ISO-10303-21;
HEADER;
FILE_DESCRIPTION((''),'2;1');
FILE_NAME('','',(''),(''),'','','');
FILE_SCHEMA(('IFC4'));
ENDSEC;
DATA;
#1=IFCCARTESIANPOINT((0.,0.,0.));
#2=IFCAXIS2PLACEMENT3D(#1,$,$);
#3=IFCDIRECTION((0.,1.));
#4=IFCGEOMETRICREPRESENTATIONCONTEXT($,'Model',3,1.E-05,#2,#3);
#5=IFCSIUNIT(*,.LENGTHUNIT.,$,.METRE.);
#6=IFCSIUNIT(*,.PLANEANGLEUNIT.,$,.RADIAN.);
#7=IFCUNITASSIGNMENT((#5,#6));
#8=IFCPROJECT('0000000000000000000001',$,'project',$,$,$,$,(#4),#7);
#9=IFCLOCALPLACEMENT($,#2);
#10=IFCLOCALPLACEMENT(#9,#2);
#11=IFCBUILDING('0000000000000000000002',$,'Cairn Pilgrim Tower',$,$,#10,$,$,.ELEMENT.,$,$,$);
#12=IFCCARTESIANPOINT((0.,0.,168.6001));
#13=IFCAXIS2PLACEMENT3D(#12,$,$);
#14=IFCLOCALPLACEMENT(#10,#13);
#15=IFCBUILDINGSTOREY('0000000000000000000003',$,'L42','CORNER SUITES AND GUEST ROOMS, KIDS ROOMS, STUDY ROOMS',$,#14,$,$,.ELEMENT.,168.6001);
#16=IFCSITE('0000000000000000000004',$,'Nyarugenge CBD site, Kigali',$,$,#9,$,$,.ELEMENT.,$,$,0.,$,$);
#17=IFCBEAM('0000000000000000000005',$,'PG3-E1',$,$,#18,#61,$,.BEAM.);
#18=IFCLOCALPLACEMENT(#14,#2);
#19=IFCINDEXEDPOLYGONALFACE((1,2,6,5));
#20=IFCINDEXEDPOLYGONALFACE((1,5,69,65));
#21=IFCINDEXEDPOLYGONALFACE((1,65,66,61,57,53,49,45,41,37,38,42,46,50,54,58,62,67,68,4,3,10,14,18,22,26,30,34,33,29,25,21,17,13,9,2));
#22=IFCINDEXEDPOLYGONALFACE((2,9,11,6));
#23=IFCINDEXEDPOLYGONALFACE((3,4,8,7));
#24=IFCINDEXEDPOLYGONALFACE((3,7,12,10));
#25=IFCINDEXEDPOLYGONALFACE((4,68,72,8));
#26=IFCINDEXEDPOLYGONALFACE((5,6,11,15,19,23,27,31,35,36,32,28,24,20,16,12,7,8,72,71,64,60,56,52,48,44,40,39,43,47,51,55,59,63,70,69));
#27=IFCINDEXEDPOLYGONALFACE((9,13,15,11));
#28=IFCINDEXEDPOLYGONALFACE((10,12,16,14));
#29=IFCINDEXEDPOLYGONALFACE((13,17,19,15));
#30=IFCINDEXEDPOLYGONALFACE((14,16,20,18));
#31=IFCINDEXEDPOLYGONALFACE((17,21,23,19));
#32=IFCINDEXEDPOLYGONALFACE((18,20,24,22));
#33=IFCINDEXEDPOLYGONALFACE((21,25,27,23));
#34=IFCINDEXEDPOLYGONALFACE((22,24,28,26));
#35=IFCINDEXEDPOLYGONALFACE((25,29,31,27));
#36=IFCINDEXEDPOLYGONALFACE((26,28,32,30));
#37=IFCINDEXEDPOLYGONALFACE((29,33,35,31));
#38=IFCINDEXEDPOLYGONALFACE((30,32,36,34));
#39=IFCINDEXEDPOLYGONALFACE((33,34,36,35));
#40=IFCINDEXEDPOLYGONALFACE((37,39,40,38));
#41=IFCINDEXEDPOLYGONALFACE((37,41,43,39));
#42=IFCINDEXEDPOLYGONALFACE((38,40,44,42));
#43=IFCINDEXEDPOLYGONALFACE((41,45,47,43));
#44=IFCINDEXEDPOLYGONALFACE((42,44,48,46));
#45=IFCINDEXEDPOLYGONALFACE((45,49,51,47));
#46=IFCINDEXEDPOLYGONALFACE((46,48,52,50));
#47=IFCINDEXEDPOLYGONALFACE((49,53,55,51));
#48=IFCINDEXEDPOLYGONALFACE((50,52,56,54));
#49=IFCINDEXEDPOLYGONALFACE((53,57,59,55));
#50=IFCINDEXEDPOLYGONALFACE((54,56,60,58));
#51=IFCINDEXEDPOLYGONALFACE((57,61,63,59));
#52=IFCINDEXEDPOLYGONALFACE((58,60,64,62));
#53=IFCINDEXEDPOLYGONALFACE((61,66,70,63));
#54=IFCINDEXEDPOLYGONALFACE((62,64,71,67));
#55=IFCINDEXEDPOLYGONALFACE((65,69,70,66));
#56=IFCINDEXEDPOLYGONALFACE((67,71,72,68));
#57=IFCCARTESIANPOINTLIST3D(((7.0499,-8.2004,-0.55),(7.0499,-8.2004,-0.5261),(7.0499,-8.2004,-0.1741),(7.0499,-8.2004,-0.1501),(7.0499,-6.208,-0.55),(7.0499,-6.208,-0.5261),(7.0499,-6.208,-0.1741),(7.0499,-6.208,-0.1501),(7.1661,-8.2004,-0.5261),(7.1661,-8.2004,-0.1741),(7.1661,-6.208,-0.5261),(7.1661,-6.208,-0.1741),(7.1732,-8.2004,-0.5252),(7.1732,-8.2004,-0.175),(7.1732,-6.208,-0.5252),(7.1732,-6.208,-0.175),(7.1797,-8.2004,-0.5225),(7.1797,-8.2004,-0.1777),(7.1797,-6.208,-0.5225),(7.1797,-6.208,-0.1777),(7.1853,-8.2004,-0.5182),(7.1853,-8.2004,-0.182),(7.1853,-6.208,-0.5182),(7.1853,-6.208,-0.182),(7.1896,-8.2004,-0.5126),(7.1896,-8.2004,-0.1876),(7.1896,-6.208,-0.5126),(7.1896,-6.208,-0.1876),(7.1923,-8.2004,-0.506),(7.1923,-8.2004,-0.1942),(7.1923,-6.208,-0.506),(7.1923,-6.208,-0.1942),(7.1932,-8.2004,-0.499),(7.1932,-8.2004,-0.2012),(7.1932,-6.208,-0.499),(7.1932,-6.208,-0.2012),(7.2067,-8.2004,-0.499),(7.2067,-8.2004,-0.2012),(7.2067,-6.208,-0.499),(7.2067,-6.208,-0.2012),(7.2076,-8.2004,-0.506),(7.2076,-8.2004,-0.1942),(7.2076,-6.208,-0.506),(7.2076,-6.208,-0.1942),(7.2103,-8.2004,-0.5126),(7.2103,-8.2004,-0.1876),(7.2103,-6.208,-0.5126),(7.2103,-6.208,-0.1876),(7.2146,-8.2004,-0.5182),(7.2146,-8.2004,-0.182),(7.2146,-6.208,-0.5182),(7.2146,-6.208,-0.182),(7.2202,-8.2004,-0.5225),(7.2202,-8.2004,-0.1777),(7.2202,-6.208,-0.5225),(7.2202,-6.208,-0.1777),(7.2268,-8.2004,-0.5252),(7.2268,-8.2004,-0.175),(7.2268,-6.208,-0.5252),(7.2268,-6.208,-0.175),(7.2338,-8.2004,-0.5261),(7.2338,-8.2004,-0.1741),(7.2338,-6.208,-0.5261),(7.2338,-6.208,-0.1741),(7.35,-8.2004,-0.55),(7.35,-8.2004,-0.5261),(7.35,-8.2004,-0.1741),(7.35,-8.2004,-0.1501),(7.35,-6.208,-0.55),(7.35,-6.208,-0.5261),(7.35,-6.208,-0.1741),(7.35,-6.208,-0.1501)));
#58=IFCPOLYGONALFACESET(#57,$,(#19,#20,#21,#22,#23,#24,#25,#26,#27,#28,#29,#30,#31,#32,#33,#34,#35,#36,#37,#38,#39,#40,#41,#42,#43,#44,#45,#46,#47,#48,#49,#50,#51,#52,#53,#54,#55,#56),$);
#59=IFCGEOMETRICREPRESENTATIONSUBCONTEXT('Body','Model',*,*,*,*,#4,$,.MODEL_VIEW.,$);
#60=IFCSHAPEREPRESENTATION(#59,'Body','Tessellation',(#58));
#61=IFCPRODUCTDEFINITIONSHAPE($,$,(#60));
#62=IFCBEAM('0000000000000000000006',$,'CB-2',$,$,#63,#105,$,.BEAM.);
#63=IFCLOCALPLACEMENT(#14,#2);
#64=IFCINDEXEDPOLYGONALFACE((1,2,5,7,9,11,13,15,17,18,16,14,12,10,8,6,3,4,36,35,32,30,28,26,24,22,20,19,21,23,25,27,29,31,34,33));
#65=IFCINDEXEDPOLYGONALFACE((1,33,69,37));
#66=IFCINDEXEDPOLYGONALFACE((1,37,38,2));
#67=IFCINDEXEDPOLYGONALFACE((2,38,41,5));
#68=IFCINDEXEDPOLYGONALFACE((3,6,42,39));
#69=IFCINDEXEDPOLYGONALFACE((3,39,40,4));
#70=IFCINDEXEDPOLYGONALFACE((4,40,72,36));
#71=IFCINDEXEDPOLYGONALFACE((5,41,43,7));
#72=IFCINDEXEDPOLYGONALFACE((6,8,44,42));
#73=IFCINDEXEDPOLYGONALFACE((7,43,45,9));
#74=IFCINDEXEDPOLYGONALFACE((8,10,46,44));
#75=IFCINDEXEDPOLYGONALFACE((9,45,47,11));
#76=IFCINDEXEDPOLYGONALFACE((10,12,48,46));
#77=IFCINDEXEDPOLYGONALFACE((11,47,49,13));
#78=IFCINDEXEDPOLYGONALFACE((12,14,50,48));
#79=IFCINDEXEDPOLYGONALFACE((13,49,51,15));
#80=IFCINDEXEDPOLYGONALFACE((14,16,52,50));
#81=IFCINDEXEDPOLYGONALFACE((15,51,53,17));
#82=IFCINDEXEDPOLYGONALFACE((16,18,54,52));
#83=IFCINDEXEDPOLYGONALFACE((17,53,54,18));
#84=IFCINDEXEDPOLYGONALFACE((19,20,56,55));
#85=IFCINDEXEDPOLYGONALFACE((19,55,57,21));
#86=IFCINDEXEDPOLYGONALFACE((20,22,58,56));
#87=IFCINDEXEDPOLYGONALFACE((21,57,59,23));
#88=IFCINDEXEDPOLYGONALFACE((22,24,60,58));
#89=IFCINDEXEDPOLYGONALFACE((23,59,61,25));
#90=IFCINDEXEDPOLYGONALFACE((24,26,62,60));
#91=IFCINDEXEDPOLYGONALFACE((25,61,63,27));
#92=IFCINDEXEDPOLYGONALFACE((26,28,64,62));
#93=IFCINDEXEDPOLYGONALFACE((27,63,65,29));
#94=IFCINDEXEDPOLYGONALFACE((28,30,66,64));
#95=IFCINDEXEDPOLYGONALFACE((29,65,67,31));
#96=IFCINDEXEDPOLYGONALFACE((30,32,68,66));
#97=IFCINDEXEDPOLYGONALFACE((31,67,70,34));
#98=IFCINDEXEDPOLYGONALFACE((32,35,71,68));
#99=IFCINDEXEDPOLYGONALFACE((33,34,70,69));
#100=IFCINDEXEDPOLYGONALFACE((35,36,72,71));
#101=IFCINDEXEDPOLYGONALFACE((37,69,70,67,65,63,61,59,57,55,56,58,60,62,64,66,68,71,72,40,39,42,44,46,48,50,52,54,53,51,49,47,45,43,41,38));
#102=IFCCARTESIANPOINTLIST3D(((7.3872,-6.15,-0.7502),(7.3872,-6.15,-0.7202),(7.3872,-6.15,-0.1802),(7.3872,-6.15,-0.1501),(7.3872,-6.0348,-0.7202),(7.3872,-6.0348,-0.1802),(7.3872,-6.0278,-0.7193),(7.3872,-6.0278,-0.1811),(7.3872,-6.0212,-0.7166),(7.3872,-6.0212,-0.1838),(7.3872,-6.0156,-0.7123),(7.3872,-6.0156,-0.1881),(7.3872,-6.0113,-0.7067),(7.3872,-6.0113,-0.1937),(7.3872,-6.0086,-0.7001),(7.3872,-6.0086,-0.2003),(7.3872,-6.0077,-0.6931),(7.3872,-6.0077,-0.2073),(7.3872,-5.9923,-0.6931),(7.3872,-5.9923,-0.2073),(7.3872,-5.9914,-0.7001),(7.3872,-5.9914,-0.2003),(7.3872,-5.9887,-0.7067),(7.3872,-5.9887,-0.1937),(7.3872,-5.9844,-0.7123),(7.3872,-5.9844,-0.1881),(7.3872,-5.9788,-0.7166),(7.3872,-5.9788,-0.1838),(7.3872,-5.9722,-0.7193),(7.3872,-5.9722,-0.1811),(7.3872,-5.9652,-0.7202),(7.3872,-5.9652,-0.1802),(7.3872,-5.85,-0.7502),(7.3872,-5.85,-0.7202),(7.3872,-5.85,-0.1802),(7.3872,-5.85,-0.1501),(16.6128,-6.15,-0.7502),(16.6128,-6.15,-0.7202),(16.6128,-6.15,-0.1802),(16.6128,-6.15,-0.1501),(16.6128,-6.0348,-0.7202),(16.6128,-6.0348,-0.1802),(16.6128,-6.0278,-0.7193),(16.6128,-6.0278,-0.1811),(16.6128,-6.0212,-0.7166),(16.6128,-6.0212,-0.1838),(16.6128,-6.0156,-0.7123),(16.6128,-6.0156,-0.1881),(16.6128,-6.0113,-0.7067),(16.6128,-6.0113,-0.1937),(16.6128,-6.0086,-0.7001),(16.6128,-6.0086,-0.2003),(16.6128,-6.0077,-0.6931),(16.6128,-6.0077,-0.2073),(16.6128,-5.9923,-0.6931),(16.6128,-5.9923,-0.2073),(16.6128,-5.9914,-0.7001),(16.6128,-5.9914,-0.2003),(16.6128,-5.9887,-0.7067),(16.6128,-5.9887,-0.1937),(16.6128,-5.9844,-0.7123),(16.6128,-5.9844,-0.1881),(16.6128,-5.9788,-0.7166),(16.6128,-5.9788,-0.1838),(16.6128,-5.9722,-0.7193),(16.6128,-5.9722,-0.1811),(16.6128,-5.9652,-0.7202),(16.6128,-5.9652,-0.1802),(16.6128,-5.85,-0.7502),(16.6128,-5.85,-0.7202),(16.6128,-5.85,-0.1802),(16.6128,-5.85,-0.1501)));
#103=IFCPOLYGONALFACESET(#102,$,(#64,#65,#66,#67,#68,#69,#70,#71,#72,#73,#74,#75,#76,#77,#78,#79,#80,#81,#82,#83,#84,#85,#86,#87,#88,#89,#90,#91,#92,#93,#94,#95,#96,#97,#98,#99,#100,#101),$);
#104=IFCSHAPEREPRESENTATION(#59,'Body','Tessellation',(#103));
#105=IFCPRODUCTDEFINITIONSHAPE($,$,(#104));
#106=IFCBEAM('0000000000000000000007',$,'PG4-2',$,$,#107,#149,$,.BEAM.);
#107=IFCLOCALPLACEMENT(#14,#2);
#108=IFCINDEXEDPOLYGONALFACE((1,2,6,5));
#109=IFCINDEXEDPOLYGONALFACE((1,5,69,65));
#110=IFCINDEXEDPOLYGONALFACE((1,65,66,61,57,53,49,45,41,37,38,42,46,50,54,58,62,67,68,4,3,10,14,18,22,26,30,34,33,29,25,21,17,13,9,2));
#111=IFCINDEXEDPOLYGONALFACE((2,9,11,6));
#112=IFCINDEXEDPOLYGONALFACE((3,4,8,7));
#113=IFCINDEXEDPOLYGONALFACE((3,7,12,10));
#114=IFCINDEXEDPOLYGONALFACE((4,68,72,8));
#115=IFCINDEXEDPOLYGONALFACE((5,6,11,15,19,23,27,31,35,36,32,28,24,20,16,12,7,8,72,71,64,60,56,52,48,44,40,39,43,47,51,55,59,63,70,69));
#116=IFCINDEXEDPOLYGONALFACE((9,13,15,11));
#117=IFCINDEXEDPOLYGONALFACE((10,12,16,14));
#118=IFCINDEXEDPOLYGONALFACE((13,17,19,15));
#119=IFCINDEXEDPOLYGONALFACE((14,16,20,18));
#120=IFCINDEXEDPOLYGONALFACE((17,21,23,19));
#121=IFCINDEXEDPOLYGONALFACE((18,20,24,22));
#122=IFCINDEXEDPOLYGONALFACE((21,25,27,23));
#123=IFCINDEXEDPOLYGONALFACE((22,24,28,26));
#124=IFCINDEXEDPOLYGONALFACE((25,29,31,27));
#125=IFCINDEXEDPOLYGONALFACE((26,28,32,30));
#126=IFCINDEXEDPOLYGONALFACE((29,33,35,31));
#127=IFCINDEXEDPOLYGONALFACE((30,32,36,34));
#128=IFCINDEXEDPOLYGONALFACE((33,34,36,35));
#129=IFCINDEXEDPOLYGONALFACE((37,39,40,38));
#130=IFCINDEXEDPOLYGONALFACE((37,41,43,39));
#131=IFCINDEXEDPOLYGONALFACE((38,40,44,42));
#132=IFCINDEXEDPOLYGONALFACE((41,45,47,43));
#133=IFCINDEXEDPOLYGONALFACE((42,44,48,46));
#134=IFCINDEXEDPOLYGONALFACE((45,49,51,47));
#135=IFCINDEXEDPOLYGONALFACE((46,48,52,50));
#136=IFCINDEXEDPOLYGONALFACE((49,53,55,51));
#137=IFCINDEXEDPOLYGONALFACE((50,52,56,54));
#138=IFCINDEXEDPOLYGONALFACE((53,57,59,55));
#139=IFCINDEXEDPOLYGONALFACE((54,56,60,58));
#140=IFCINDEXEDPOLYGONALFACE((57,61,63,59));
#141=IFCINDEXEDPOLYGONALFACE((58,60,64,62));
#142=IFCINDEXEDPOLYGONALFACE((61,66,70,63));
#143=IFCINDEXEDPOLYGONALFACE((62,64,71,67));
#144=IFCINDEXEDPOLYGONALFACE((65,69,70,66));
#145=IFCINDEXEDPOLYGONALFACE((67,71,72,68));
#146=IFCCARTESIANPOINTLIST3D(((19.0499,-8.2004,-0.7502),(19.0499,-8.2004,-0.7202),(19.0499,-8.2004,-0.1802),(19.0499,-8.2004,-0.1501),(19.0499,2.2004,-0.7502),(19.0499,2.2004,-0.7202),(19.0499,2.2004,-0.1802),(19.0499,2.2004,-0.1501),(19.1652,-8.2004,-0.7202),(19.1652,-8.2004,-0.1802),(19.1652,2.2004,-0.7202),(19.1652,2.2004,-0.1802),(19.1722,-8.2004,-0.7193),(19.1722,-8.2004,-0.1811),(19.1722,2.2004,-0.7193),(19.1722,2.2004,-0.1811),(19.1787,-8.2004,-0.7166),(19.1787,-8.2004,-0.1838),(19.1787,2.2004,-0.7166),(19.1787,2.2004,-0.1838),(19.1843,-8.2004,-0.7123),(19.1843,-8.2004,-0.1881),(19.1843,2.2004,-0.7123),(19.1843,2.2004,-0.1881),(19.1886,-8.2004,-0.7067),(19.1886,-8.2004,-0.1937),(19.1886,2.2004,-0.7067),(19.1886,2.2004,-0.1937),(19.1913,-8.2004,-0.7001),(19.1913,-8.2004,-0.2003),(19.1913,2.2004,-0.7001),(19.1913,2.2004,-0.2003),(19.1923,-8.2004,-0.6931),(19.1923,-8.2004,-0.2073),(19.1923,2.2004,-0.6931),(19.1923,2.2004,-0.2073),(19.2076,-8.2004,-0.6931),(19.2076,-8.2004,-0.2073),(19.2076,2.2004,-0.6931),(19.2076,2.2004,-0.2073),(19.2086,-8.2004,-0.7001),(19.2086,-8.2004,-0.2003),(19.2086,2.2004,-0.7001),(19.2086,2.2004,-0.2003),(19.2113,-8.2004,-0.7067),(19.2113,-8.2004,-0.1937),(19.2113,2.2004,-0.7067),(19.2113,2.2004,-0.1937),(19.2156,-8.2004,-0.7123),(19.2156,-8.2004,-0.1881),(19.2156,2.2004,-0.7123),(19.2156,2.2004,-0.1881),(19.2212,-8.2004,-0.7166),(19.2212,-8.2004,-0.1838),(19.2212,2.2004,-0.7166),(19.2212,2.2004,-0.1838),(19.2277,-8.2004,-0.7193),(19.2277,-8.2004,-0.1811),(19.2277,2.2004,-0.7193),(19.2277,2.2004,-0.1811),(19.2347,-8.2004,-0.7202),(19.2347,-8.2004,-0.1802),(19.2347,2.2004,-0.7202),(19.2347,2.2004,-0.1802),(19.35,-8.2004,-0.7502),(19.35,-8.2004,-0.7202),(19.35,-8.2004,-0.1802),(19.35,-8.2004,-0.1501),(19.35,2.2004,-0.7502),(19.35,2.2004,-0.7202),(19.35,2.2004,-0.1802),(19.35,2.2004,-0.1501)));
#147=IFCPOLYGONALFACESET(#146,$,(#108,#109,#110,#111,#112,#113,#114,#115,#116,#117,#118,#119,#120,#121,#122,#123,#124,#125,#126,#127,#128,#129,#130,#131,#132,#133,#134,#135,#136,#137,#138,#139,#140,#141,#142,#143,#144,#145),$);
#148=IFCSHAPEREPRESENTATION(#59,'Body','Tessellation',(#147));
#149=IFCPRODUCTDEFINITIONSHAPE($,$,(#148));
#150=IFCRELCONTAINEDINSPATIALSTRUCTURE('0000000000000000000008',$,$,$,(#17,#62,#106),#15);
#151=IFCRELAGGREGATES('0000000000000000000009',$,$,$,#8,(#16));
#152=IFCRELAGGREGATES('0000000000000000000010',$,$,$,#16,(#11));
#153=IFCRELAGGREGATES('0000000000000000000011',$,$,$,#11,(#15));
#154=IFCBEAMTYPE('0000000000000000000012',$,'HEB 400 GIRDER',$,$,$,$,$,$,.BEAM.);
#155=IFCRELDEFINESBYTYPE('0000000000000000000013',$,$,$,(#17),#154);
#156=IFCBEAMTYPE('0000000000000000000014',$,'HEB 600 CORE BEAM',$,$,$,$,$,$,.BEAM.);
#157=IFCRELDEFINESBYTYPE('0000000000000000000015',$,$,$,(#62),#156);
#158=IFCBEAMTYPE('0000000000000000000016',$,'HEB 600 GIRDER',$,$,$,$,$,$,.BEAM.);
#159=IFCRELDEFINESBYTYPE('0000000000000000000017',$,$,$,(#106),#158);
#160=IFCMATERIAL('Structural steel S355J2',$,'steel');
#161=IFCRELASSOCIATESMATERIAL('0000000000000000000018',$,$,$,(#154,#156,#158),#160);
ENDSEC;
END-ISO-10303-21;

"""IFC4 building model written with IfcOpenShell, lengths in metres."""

from ifc_helpers import new_model, si_unit, direction, frame, origin, origin_2d, place, context, subcontext, project, spatial, i_section, extrude, material, material_profile, profile_set, type_object, element, save


model = new_model("IFC4")

# Units and contexts
model_context = context("Model", 3, precision=1e-05, world=origin(), true_north=direction((0.0, 1.0)))
body_context = subcontext(model_context, "Body", "Model", "MODEL_VIEW")
ifc_project = project(units=[si_unit("LENGTHUNIT", "METRE"), si_unit("PLANEANGLEUNIT", "RADIAN")], contexts=[model_context])

# Site, building, storey
site_placement = place(None, origin())
site = spatial("IfcSite", under=ifc_project, at=site_placement, Name="Nyarugenge CBD site, Kigali", CompositionType="ELEMENT", RefElevation=0.0)
building_placement = place(site_placement, origin())
building = spatial("IfcBuilding", under=site, at=building_placement, Name="Cairn Pilgrim Tower", CompositionType="ELEMENT")
storey_placement = place(building_placement, frame((0.0, 0.0, 168.6001)))
storey = spatial("IfcBuildingStorey", under=building, at=storey_placement, Name="L42", Description="CORNER SUITES AND GUEST ROOMS, KIDS ROOMS, STUDY ROOMS", CompositionType="ELEMENT", Elevation=168.6001)

# Shared definitions
ifc_material_1 = material(Name="Structural steel S355J2", Category="steel")

# Beams
ifc_material_profile_1 = material_profile(ifc_material_1, i_section(OverallWidth=0.3, OverallDepth=0.3999, WebThickness=0.0134, FlangeThickness=0.0239, FilletRadius=0.0271, at=origin_2d()), Name="HEB 400")
ifc_profile_set_1 = profile_set([ifc_material_profile_1], Name="Structural steel S355J2")
beam_type_1 = type_object("IfcBeamType", Name="HEB 400 GIRDER", PredefinedType="BEAM", material=ifc_profile_set_1)
beam_1_placement = place(storey_placement, frame((7.2, -8.2004, -0.3501), z_axis=(0.0, 1.0, 0.0), x_axis=(-1.0, 0.0, 0.0)))
element("IfcBeam", 1, at=beam_1_placement, inside=storey, type_object=beam_type_1, Name="PG3-E1", PredefinedType="BEAM", context=body_context, shape_type="SweptSolid", body=[
    extrude(i_section(OverallWidth=0.3, OverallDepth=0.3999, WebThickness=0.0134, FlangeThickness=0.0239, FilletRadius=0.0271, at=origin_2d()), origin(), (0.0, 0.0, 1.0), 1.9924),
])
ifc_material_profile_2 = material_profile(ifc_material_1, i_section(OverallWidth=0.3, OverallDepth=0.6001, WebThickness=0.0154, FlangeThickness=0.03, FilletRadius=0.0271, at=origin_2d()), Name="HEB 600")
ifc_profile_set_2 = profile_set([ifc_material_profile_2], Name="Structural steel S355J2")
beam_type_2 = type_object("IfcBeamType", Name="HEB 600 CORE BEAM", PredefinedType="BEAM", material=ifc_profile_set_2)
beam_2_placement = place(storey_placement, frame((7.3872, -6.0, -0.4502), z_axis=(1.0, 0.0, 0.0), x_axis=(0.0, 1.0, 0.0)))
element("IfcBeam", 2, at=beam_2_placement, inside=storey, type_object=beam_type_2, Name="CB-2", PredefinedType="BEAM", context=body_context, shape_type="SweptSolid", body=[
    extrude(i_section(OverallWidth=0.3, OverallDepth=0.6001, WebThickness=0.0154, FlangeThickness=0.03, FilletRadius=0.0271, at=origin_2d()), origin(), (0.0, 0.0, 1.0), 9.2256),
])
ifc_material_profile_3 = material_profile(ifc_material_1, i_section(OverallWidth=0.3, OverallDepth=0.6001, WebThickness=0.0154, FlangeThickness=0.03, FilletRadius=0.0271, at=origin_2d()), Name="HEB 600")
ifc_profile_set_3 = profile_set([ifc_material_profile_3], Name="Structural steel S355J2")
beam_type_3 = type_object("IfcBeamType", Name="HEB 600 GIRDER", PredefinedType="BEAM", material=ifc_profile_set_3)
beam_3_placement = place(storey_placement, frame((19.2, -8.2004, -0.4502), z_axis=(0.0, 1.0, 0.0), x_axis=(-1.0, 0.0, 0.0)))
element("IfcBeam", 3, at=beam_3_placement, inside=storey, type_object=beam_type_3, Name="PG4-2", PredefinedType="BEAM", context=body_context, shape_type="SweptSolid", body=[
    extrude(i_section(OverallWidth=0.3, OverallDepth=0.6001, WebThickness=0.0154, FlangeThickness=0.03, FilletRadius=0.0271, at=origin_2d()), origin(), (0.0, 0.0, 1.0), 10.4009),
])

save(model, "model.ifc")
